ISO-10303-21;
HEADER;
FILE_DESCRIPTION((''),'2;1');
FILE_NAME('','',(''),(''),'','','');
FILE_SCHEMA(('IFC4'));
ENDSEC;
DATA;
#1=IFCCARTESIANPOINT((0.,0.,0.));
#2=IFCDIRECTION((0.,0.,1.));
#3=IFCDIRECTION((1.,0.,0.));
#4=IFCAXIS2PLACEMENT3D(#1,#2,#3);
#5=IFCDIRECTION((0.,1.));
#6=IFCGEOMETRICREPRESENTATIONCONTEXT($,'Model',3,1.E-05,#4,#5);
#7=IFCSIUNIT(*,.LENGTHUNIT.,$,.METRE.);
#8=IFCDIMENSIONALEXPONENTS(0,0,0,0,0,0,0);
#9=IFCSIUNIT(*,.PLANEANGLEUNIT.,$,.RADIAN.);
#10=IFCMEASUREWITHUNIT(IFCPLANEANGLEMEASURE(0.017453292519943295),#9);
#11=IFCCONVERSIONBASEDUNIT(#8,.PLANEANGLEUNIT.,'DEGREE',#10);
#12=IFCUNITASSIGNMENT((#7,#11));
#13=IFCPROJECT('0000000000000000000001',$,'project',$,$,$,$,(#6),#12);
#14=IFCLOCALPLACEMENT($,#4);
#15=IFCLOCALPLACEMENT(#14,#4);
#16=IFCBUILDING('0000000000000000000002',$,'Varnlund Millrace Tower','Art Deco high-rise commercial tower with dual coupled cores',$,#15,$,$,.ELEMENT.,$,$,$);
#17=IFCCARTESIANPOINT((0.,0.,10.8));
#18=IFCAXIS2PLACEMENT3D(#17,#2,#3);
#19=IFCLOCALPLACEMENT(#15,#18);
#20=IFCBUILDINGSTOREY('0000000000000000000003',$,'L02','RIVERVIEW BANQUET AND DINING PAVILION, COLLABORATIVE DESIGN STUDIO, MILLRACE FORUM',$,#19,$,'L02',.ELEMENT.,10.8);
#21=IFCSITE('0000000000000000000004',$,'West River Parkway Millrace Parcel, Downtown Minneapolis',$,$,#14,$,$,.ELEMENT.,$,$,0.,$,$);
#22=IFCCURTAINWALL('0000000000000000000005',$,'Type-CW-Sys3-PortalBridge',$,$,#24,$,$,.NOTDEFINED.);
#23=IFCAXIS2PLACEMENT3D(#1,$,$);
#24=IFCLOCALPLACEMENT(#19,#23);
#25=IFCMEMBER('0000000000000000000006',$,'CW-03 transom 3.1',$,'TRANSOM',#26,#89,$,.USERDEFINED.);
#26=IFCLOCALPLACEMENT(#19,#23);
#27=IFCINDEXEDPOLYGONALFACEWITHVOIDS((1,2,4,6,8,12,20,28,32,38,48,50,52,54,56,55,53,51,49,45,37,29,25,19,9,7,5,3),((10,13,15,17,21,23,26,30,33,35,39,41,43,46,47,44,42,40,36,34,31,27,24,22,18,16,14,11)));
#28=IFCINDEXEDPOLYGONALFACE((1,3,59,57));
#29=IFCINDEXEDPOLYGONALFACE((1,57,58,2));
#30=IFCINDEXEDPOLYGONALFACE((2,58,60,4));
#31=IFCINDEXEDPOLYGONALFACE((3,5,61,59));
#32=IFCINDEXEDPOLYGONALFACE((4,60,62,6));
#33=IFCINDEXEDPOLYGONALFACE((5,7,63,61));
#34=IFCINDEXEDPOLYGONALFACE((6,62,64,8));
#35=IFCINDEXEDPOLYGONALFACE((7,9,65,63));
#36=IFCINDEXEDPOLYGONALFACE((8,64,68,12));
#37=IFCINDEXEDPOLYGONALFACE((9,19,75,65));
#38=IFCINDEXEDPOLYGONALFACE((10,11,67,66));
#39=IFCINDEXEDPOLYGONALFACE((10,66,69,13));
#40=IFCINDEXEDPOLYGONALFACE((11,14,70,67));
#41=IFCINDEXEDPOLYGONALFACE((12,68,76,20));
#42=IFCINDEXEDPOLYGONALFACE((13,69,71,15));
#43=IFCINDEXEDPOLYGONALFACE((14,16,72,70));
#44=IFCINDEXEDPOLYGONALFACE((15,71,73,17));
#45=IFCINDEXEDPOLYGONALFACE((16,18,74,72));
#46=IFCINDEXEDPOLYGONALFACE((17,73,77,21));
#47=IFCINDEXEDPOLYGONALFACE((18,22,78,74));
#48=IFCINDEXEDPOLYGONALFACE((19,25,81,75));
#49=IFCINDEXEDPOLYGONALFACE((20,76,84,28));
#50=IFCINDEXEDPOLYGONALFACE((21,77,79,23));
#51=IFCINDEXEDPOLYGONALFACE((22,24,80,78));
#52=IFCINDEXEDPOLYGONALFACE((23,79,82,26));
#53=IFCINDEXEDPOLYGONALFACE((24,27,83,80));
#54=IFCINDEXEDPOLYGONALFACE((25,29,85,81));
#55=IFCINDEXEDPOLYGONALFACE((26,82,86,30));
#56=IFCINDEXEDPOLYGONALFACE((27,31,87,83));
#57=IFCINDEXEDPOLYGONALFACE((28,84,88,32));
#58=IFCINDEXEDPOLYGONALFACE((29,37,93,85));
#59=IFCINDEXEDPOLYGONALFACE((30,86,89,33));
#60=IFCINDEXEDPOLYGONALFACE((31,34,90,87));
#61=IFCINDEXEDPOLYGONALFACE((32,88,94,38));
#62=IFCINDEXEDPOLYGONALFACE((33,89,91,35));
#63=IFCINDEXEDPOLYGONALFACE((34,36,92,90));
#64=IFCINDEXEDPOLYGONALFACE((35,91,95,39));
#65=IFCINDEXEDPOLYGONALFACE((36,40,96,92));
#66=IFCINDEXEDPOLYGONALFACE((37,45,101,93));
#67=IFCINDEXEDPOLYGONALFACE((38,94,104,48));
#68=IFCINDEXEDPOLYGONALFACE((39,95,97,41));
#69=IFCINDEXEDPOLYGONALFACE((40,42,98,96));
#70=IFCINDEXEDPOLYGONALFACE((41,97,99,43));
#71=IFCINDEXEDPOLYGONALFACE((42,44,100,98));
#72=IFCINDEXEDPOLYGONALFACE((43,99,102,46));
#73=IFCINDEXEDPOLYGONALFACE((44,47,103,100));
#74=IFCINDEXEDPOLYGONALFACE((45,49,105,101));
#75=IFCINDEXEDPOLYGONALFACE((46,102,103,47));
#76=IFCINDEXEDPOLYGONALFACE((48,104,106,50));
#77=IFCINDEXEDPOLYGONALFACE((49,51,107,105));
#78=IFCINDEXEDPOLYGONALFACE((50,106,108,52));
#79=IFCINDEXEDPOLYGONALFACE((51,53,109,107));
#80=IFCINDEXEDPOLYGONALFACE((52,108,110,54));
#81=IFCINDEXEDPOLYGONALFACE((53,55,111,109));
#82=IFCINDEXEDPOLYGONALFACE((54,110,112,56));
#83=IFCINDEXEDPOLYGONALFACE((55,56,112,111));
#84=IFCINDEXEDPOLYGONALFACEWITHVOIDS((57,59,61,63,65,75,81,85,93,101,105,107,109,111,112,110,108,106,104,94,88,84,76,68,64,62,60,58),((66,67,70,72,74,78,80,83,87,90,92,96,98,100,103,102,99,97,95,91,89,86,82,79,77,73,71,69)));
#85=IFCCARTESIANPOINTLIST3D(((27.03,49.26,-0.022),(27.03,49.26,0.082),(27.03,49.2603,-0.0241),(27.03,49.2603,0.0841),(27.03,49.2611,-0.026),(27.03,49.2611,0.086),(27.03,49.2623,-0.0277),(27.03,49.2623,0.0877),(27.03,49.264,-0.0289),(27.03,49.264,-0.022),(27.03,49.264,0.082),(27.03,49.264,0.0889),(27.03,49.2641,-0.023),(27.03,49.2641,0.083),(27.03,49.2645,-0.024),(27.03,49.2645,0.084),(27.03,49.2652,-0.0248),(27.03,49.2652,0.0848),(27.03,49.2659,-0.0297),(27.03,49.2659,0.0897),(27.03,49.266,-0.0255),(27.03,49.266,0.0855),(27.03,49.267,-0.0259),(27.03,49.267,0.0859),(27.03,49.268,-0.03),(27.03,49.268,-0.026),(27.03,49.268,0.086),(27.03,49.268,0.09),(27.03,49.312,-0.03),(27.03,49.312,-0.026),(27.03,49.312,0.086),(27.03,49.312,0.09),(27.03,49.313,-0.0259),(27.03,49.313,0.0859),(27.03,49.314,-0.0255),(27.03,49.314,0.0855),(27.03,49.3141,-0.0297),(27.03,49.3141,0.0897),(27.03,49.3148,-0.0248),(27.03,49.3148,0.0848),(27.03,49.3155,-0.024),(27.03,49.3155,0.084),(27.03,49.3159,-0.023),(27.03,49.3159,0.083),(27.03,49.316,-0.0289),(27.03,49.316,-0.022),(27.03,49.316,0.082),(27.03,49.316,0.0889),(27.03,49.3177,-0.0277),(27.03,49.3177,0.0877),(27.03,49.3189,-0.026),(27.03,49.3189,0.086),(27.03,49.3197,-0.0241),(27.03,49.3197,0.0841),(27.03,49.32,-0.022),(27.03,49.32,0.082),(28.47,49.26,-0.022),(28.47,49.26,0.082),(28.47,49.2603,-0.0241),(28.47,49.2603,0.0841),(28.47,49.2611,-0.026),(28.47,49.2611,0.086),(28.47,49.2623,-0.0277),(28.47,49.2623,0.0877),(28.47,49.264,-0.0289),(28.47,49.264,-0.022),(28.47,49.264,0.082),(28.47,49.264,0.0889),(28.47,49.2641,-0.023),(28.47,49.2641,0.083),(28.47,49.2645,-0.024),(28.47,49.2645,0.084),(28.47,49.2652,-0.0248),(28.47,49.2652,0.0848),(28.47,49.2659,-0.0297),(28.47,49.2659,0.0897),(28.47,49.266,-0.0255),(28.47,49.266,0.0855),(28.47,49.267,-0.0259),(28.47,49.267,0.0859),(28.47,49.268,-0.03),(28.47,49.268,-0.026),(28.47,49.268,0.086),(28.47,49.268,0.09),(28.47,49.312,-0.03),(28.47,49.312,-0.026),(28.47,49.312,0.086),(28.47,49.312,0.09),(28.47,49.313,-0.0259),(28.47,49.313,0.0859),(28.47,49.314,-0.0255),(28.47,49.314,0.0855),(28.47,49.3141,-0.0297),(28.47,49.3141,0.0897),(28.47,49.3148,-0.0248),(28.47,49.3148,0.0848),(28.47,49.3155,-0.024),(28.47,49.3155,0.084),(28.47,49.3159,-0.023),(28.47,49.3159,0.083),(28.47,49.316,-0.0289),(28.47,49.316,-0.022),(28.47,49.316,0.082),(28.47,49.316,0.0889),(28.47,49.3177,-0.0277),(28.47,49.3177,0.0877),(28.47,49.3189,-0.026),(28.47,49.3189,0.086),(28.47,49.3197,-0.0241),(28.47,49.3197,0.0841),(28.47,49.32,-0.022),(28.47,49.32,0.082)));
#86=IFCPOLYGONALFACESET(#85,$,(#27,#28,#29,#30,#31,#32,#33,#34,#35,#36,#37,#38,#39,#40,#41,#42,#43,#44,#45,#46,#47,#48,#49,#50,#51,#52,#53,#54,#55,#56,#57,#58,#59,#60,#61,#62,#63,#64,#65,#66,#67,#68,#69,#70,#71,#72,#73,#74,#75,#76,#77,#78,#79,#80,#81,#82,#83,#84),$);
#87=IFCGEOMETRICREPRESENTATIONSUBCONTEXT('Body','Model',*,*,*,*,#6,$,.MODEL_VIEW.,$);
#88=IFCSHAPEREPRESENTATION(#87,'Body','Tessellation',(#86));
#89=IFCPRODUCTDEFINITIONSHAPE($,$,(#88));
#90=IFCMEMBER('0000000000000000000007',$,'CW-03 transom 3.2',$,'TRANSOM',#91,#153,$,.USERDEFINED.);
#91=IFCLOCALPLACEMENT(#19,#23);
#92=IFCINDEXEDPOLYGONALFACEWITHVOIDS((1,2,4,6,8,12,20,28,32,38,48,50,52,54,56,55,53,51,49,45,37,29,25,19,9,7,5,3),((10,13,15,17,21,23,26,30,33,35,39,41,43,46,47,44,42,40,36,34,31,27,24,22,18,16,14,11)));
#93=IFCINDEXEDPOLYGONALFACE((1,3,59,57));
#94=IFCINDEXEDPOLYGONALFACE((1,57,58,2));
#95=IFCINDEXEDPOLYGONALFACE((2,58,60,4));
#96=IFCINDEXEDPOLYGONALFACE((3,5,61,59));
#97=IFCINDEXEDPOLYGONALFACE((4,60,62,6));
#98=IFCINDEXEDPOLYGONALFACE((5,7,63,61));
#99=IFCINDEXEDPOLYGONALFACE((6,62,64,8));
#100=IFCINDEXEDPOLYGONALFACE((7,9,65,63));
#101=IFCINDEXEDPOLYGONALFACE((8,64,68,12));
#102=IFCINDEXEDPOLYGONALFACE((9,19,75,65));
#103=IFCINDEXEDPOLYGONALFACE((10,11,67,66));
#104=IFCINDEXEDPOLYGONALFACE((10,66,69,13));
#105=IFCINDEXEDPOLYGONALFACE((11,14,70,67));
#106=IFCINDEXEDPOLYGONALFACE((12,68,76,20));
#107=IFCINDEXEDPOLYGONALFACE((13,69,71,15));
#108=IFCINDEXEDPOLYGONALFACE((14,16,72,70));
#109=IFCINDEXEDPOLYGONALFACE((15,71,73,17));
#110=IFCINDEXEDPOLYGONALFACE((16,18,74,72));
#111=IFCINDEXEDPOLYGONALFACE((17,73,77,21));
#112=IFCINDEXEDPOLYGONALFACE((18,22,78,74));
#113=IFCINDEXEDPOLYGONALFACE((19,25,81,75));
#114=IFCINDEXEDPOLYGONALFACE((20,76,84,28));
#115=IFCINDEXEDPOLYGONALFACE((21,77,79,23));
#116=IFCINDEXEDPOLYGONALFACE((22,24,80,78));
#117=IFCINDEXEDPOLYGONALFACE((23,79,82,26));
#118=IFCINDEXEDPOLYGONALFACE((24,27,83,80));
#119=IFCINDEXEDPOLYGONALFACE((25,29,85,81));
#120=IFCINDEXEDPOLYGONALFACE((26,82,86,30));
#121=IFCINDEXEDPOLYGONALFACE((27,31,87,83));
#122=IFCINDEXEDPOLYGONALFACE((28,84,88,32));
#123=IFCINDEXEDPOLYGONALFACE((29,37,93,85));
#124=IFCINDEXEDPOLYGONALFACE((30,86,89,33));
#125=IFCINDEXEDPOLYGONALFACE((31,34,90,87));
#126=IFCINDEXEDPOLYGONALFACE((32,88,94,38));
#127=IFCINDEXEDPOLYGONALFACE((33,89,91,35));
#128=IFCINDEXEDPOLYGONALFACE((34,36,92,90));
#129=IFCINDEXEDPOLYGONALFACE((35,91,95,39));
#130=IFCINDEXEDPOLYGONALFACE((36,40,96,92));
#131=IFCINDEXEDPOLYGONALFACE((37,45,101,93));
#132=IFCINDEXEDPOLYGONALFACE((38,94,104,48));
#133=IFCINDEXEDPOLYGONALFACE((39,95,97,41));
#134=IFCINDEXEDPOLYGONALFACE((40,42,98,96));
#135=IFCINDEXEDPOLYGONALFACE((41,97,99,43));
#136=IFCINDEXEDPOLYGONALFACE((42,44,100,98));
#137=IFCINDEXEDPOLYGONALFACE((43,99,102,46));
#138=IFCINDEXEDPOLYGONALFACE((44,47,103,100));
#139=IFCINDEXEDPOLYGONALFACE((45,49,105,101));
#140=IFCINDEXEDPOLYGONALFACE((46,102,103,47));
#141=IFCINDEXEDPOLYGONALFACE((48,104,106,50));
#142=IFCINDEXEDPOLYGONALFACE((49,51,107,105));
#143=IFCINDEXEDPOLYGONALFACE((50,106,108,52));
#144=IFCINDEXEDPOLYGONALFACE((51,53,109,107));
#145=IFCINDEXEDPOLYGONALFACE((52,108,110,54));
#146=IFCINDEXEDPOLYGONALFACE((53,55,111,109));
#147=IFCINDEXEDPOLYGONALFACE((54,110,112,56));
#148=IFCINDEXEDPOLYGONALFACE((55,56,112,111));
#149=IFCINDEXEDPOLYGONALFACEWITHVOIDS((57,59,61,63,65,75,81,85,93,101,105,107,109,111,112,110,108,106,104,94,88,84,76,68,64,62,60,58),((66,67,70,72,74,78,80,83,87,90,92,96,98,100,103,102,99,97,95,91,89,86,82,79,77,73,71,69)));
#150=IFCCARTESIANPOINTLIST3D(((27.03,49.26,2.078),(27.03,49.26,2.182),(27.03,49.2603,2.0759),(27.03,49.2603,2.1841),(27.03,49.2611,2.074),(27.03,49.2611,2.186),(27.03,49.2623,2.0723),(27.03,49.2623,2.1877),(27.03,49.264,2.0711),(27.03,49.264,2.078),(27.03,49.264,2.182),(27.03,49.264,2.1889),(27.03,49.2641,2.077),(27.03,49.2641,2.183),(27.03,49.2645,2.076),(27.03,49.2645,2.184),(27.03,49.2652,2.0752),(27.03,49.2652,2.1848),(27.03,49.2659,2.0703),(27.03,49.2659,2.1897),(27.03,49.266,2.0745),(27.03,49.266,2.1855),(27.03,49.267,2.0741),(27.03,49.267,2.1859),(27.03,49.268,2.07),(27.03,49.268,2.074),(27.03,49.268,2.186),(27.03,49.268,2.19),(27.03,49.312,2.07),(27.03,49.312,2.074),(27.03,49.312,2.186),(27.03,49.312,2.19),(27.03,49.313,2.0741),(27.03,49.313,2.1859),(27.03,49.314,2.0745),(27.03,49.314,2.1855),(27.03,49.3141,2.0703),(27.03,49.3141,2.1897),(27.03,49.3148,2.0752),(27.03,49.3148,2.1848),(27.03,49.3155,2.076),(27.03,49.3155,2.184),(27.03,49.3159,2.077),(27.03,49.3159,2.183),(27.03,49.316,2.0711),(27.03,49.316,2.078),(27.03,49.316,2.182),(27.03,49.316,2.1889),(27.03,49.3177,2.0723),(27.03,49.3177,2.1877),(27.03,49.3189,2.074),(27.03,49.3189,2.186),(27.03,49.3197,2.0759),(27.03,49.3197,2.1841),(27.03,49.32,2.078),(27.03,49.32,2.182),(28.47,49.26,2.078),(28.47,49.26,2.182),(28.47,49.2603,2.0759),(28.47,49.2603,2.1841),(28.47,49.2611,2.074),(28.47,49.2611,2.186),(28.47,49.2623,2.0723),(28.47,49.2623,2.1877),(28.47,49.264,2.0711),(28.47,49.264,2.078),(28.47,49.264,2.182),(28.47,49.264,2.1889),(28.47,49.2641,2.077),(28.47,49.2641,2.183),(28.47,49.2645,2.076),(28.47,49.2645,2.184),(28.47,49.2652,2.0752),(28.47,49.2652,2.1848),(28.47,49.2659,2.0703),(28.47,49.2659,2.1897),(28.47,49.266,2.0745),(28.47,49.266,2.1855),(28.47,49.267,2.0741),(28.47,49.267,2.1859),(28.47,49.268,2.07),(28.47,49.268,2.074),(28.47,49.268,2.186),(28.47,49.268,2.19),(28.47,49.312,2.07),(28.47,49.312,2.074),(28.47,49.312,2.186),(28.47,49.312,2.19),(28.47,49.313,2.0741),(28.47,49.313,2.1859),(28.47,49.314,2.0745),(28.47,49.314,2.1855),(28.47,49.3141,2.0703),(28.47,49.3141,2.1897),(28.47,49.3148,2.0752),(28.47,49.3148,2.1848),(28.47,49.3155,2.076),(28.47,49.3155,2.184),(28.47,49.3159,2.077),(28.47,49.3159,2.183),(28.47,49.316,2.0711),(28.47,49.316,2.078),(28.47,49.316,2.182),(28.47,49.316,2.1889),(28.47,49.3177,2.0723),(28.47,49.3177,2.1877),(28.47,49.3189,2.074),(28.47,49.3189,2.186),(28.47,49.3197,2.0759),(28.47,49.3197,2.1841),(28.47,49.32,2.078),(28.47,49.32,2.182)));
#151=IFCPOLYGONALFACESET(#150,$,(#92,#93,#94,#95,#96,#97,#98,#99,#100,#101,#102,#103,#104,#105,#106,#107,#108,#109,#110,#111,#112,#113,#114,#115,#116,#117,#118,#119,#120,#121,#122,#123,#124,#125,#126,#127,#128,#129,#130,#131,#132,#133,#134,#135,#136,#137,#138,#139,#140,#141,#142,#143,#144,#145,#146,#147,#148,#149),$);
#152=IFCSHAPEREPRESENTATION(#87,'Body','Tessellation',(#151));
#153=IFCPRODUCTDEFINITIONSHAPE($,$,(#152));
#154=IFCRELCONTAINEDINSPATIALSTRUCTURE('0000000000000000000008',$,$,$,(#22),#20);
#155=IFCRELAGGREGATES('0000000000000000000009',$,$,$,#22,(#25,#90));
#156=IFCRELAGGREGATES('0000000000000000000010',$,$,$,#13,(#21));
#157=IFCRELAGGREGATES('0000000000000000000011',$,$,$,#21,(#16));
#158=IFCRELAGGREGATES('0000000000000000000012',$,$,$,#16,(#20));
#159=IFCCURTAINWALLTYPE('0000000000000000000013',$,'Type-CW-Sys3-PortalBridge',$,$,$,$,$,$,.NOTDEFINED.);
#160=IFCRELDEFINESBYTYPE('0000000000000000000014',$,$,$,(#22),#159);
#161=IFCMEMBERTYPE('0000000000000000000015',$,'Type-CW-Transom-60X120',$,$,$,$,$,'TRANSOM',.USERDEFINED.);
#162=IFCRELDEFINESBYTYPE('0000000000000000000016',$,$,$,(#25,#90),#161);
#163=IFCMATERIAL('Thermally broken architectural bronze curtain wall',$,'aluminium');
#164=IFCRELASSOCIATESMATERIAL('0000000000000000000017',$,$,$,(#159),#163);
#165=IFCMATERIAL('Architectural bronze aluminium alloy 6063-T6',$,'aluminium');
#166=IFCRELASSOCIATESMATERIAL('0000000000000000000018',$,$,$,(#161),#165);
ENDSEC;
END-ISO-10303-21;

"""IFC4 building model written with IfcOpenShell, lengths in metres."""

from ifc_helpers import new_model, entity, si_unit, converted_unit, direction, frame, origin_with_axes, origin_2d_with_axis, place, context, subcontext, project, spatial, hollow_rectangle, extrude, material, material_profile, profile_set, type_object, element, aggregate, save


model = new_model("IFC4")

# Units and contexts
model_context = context("Model", 3, precision=1e-05, world=origin_with_axes(), true_north=direction((0.0, 1.0)))
body_context = subcontext(model_context, "Body", "Model", "MODEL_VIEW")
ifc_project = project(units=[si_unit("LENGTHUNIT", "METRE"), converted_unit("PLANEANGLEUNIT", "DEGREE", entity("IfcPlaneAngleMeasure", 0.017453292519943295), si_unit("PLANEANGLEUNIT", "RADIAN"), dimensions=[0, 0, 0, 0, 0, 0, 0])], contexts=[model_context])

# Site, building, storey
site_placement = place(None, origin_with_axes())
site = spatial("IfcSite", under=ifc_project, at=site_placement, Name="West River Parkway Millrace Parcel, Downtown Minneapolis", CompositionType="ELEMENT", RefElevation=0.0)
building_placement = place(site_placement, origin_with_axes())
building = spatial("IfcBuilding", under=site, at=building_placement, Name="Varnlund Millrace Tower", Description="Art Deco high-rise commercial tower with dual coupled cores", CompositionType="ELEMENT")
storey_placement = place(building_placement, frame((0.0, 0.0, 10.8), z_axis=(0.0, 0.0, 1.0), x_axis=(1.0, 0.0, 0.0)))
storey = spatial("IfcBuildingStorey", under=building, at=storey_placement, Name="L02", Description="RIVERVIEW BANQUET AND DINING PAVILION, COLLABORATIVE DESIGN STUDIO, MILLRACE FORUM", LongName="L02", CompositionType="ELEMENT", Elevation=10.8)

# Curtain wall, members
ifc_material_1 = material(Name="Thermally broken architectural bronze curtain wall", Category="aluminium")
curtain_wall_type = type_object("IfcCurtainWallType", Name="Type-CW-Sys3-PortalBridge", PredefinedType="NOTDEFINED", material=ifc_material_1)
curtain_wall_placement = place(storey_placement, frame((24.0, 49.29, 0.0), z_axis=(0.0, 0.0, 1.0), x_axis=(1.0, 0.0, 0.0)))
curtain_wall = element("IfcCurtainWall", 1, at=curtain_wall_placement, inside=storey, type_object=curtain_wall_type, Name="Type-CW-Sys3-PortalBridge", PredefinedType="NOTDEFINED")
ifc_material_2 = material(Name="Architectural bronze aluminium alloy 6063-T6", Category="aluminium")
ifc_material_profile_1 = material_profile(ifc_material_2, hollow_rectangle(XDim=0.06, YDim=0.12, WallThickness=0.004, InnerFilletRadius=0.004, OuterFilletRadius=0.008, at=origin_2d_with_axis()), Name="Architectural bronze aluminium alloy 6063-T6")
ifc_profile_set_1 = profile_set([ifc_material_profile_1], Name="Architectural bronze aluminium alloy 6063-T6")
member_type_1 = type_object("IfcMemberType", Name="Type-CW-Transom-60X120", ElementType="TRANSOM", PredefinedType="USERDEFINED", material=ifc_profile_set_1)
member_1_placement = place(storey_placement, frame((27.03, 49.29, 0.03), z_axis=(1.0, 0.0, 0.0), x_axis=(0.0, 1.0, 0.0)))
member_1 = element("IfcMember", 2, at=member_1_placement, type_object=member_type_1, Name="CW-03 transom 3.1", ObjectType="TRANSOM", PredefinedType="USERDEFINED", context=body_context, shape_type="SweptSolid", body=[
    extrude(hollow_rectangle(XDim=0.06, YDim=0.12, WallThickness=0.004, InnerFilletRadius=0.004, OuterFilletRadius=0.008, at=origin_2d_with_axis()), origin_with_axes(), (0.0, 0.0, 1.0), 1.44),
])
member_2_placement = place(storey_placement, frame((27.03, 49.29, 2.13), z_axis=(1.0, 0.0, 0.0), x_axis=(0.0, 1.0, 0.0)))
member_2 = element("IfcMember", 3, at=member_2_placement, type_object=member_type_1, Name="CW-03 transom 3.2", ObjectType="TRANSOM", PredefinedType="USERDEFINED", context=body_context, shape_type="SweptSolid", body=[
    extrude(hollow_rectangle(XDim=0.06, YDim=0.12, WallThickness=0.004, InnerFilletRadius=0.004, OuterFilletRadius=0.008, at=origin_2d_with_axis()), origin_with_axes(), (0.0, 0.0, 1.0), 1.44),
])
aggregate(curtain_wall, [member_1, member_2])

save(model, "model.ifc")
